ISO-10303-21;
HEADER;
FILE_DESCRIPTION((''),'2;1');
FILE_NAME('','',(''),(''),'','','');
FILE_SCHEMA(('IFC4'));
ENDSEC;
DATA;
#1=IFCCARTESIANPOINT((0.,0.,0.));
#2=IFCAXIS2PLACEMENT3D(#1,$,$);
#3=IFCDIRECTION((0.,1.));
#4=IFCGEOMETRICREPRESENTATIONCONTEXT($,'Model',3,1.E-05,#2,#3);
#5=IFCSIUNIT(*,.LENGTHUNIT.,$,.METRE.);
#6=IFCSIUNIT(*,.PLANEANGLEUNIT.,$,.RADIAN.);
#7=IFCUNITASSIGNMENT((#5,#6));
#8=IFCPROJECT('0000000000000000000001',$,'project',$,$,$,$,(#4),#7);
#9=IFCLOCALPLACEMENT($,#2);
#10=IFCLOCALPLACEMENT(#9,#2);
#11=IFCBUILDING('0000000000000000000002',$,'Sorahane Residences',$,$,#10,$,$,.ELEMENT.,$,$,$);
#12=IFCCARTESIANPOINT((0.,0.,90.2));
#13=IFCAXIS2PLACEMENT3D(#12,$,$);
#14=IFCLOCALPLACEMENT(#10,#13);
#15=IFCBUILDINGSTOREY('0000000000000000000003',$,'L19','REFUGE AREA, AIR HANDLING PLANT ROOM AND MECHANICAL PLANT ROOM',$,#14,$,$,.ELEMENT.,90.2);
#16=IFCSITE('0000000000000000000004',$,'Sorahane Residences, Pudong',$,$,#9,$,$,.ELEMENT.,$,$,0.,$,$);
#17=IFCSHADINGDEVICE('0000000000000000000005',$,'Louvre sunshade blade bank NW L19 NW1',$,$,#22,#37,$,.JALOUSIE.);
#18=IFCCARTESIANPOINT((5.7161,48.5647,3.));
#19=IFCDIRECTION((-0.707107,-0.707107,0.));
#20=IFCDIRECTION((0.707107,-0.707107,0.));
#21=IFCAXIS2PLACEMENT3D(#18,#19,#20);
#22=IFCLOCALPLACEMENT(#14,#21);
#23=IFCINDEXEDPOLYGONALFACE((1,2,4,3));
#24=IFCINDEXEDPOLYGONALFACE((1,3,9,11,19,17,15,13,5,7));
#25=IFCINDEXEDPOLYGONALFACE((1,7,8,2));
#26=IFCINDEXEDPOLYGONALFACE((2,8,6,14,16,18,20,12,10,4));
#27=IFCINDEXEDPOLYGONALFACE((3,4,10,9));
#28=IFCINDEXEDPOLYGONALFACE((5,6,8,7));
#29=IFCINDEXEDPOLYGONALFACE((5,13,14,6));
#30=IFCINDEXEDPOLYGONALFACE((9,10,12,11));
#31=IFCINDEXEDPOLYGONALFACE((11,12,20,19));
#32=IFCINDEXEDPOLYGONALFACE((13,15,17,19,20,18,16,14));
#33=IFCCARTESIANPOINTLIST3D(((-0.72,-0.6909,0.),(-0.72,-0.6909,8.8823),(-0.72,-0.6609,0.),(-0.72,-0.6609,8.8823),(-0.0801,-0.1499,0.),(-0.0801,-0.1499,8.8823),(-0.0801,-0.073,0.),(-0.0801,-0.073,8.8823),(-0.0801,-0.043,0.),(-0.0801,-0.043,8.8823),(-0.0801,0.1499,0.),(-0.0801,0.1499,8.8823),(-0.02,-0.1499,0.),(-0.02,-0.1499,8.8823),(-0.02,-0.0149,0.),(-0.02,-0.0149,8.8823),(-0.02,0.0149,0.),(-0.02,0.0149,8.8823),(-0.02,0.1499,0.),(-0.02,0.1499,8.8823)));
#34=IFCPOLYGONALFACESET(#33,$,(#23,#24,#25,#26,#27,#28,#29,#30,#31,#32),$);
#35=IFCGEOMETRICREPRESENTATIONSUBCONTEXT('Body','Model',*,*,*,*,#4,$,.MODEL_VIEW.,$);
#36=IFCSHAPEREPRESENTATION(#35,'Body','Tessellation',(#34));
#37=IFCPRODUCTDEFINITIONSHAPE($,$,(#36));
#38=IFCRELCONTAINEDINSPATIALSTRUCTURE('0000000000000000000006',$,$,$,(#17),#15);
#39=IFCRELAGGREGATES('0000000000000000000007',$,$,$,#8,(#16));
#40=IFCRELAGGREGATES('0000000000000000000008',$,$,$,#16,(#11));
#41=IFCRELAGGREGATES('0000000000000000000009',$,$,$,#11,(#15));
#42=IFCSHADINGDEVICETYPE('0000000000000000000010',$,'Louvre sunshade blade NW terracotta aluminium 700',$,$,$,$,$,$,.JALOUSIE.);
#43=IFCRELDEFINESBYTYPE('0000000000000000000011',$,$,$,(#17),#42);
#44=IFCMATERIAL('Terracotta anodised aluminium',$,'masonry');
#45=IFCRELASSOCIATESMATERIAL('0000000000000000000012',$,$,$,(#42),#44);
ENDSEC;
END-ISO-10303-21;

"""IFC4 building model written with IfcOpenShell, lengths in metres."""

from ifc_helpers import new_model, si_unit, direction, frame, origin, place, context, subcontext, project, spatial, polyline, outline, extrude, material, type_object, element, save


model = new_model("IFC4")

# Units and contexts
model_context = context("Model", 3, precision=1e-05, world=origin(), true_north=direction((0.0, 1.0)))
body_context = subcontext(model_context, "Body", "Model", "MODEL_VIEW")
ifc_project = project(units=[si_unit("LENGTHUNIT", "METRE"), si_unit("PLANEANGLEUNIT", "RADIAN")], contexts=[model_context])

# Site, building, storey
site_placement = place(None, origin())
site = spatial("IfcSite", under=ifc_project, at=site_placement, Name="Sorahane Residences, Pudong", CompositionType="ELEMENT", RefElevation=0.0)
building_placement = place(site_placement, origin())
building = spatial("IfcBuilding", under=site, at=building_placement, Name="Sorahane Residences", CompositionType="ELEMENT")
storey_placement = place(building_placement, frame((0.0, 0.0, 90.2)))
storey = spatial("IfcBuildingStorey", under=building, at=storey_placement, Name="L19", Description="REFUGE AREA, AIR HANDLING PLANT ROOM AND MECHANICAL PLANT ROOM", CompositionType="ELEMENT", Elevation=90.2)

# Shading device
ifc_material_1 = material(Name="Terracotta anodised aluminium", Category="masonry")
shading_device_type = type_object("IfcShadingDeviceType", Name="Louvre sunshade blade NW terracotta aluminium 700", PredefinedType="JALOUSIE", material=ifc_material_1)
shading_device_placement = place(storey_placement, frame((5.7161, 48.5647, 3.0), z_axis=(-0.707107, -0.707107, 0.0), x_axis=(0.707107, -0.707107, 0.0)))
element("IfcShadingDevice", 1, at=shading_device_placement, inside=storey, type_object=shading_device_type, Name="Louvre sunshade blade bank NW L19 NW1", PredefinedType="JALOUSIE", context=body_context, shape_type="SweptSolid", body=[
    extrude(outline(polyline([(-0.72, -0.6609), (-0.72, -0.6909), (-0.0801, -0.073), (-0.0801, -0.1499), (-0.02, -0.1499), (-0.02, -0.0149), (-0.02, 0.0149), (-0.02, 0.1499), (-0.0801, 0.1499), (-0.0801, -0.043), (-0.72, -0.6609)])), origin(), (0.0, 0.0, 1.0), 8.8823),
])

save(model, "model.ifc")
